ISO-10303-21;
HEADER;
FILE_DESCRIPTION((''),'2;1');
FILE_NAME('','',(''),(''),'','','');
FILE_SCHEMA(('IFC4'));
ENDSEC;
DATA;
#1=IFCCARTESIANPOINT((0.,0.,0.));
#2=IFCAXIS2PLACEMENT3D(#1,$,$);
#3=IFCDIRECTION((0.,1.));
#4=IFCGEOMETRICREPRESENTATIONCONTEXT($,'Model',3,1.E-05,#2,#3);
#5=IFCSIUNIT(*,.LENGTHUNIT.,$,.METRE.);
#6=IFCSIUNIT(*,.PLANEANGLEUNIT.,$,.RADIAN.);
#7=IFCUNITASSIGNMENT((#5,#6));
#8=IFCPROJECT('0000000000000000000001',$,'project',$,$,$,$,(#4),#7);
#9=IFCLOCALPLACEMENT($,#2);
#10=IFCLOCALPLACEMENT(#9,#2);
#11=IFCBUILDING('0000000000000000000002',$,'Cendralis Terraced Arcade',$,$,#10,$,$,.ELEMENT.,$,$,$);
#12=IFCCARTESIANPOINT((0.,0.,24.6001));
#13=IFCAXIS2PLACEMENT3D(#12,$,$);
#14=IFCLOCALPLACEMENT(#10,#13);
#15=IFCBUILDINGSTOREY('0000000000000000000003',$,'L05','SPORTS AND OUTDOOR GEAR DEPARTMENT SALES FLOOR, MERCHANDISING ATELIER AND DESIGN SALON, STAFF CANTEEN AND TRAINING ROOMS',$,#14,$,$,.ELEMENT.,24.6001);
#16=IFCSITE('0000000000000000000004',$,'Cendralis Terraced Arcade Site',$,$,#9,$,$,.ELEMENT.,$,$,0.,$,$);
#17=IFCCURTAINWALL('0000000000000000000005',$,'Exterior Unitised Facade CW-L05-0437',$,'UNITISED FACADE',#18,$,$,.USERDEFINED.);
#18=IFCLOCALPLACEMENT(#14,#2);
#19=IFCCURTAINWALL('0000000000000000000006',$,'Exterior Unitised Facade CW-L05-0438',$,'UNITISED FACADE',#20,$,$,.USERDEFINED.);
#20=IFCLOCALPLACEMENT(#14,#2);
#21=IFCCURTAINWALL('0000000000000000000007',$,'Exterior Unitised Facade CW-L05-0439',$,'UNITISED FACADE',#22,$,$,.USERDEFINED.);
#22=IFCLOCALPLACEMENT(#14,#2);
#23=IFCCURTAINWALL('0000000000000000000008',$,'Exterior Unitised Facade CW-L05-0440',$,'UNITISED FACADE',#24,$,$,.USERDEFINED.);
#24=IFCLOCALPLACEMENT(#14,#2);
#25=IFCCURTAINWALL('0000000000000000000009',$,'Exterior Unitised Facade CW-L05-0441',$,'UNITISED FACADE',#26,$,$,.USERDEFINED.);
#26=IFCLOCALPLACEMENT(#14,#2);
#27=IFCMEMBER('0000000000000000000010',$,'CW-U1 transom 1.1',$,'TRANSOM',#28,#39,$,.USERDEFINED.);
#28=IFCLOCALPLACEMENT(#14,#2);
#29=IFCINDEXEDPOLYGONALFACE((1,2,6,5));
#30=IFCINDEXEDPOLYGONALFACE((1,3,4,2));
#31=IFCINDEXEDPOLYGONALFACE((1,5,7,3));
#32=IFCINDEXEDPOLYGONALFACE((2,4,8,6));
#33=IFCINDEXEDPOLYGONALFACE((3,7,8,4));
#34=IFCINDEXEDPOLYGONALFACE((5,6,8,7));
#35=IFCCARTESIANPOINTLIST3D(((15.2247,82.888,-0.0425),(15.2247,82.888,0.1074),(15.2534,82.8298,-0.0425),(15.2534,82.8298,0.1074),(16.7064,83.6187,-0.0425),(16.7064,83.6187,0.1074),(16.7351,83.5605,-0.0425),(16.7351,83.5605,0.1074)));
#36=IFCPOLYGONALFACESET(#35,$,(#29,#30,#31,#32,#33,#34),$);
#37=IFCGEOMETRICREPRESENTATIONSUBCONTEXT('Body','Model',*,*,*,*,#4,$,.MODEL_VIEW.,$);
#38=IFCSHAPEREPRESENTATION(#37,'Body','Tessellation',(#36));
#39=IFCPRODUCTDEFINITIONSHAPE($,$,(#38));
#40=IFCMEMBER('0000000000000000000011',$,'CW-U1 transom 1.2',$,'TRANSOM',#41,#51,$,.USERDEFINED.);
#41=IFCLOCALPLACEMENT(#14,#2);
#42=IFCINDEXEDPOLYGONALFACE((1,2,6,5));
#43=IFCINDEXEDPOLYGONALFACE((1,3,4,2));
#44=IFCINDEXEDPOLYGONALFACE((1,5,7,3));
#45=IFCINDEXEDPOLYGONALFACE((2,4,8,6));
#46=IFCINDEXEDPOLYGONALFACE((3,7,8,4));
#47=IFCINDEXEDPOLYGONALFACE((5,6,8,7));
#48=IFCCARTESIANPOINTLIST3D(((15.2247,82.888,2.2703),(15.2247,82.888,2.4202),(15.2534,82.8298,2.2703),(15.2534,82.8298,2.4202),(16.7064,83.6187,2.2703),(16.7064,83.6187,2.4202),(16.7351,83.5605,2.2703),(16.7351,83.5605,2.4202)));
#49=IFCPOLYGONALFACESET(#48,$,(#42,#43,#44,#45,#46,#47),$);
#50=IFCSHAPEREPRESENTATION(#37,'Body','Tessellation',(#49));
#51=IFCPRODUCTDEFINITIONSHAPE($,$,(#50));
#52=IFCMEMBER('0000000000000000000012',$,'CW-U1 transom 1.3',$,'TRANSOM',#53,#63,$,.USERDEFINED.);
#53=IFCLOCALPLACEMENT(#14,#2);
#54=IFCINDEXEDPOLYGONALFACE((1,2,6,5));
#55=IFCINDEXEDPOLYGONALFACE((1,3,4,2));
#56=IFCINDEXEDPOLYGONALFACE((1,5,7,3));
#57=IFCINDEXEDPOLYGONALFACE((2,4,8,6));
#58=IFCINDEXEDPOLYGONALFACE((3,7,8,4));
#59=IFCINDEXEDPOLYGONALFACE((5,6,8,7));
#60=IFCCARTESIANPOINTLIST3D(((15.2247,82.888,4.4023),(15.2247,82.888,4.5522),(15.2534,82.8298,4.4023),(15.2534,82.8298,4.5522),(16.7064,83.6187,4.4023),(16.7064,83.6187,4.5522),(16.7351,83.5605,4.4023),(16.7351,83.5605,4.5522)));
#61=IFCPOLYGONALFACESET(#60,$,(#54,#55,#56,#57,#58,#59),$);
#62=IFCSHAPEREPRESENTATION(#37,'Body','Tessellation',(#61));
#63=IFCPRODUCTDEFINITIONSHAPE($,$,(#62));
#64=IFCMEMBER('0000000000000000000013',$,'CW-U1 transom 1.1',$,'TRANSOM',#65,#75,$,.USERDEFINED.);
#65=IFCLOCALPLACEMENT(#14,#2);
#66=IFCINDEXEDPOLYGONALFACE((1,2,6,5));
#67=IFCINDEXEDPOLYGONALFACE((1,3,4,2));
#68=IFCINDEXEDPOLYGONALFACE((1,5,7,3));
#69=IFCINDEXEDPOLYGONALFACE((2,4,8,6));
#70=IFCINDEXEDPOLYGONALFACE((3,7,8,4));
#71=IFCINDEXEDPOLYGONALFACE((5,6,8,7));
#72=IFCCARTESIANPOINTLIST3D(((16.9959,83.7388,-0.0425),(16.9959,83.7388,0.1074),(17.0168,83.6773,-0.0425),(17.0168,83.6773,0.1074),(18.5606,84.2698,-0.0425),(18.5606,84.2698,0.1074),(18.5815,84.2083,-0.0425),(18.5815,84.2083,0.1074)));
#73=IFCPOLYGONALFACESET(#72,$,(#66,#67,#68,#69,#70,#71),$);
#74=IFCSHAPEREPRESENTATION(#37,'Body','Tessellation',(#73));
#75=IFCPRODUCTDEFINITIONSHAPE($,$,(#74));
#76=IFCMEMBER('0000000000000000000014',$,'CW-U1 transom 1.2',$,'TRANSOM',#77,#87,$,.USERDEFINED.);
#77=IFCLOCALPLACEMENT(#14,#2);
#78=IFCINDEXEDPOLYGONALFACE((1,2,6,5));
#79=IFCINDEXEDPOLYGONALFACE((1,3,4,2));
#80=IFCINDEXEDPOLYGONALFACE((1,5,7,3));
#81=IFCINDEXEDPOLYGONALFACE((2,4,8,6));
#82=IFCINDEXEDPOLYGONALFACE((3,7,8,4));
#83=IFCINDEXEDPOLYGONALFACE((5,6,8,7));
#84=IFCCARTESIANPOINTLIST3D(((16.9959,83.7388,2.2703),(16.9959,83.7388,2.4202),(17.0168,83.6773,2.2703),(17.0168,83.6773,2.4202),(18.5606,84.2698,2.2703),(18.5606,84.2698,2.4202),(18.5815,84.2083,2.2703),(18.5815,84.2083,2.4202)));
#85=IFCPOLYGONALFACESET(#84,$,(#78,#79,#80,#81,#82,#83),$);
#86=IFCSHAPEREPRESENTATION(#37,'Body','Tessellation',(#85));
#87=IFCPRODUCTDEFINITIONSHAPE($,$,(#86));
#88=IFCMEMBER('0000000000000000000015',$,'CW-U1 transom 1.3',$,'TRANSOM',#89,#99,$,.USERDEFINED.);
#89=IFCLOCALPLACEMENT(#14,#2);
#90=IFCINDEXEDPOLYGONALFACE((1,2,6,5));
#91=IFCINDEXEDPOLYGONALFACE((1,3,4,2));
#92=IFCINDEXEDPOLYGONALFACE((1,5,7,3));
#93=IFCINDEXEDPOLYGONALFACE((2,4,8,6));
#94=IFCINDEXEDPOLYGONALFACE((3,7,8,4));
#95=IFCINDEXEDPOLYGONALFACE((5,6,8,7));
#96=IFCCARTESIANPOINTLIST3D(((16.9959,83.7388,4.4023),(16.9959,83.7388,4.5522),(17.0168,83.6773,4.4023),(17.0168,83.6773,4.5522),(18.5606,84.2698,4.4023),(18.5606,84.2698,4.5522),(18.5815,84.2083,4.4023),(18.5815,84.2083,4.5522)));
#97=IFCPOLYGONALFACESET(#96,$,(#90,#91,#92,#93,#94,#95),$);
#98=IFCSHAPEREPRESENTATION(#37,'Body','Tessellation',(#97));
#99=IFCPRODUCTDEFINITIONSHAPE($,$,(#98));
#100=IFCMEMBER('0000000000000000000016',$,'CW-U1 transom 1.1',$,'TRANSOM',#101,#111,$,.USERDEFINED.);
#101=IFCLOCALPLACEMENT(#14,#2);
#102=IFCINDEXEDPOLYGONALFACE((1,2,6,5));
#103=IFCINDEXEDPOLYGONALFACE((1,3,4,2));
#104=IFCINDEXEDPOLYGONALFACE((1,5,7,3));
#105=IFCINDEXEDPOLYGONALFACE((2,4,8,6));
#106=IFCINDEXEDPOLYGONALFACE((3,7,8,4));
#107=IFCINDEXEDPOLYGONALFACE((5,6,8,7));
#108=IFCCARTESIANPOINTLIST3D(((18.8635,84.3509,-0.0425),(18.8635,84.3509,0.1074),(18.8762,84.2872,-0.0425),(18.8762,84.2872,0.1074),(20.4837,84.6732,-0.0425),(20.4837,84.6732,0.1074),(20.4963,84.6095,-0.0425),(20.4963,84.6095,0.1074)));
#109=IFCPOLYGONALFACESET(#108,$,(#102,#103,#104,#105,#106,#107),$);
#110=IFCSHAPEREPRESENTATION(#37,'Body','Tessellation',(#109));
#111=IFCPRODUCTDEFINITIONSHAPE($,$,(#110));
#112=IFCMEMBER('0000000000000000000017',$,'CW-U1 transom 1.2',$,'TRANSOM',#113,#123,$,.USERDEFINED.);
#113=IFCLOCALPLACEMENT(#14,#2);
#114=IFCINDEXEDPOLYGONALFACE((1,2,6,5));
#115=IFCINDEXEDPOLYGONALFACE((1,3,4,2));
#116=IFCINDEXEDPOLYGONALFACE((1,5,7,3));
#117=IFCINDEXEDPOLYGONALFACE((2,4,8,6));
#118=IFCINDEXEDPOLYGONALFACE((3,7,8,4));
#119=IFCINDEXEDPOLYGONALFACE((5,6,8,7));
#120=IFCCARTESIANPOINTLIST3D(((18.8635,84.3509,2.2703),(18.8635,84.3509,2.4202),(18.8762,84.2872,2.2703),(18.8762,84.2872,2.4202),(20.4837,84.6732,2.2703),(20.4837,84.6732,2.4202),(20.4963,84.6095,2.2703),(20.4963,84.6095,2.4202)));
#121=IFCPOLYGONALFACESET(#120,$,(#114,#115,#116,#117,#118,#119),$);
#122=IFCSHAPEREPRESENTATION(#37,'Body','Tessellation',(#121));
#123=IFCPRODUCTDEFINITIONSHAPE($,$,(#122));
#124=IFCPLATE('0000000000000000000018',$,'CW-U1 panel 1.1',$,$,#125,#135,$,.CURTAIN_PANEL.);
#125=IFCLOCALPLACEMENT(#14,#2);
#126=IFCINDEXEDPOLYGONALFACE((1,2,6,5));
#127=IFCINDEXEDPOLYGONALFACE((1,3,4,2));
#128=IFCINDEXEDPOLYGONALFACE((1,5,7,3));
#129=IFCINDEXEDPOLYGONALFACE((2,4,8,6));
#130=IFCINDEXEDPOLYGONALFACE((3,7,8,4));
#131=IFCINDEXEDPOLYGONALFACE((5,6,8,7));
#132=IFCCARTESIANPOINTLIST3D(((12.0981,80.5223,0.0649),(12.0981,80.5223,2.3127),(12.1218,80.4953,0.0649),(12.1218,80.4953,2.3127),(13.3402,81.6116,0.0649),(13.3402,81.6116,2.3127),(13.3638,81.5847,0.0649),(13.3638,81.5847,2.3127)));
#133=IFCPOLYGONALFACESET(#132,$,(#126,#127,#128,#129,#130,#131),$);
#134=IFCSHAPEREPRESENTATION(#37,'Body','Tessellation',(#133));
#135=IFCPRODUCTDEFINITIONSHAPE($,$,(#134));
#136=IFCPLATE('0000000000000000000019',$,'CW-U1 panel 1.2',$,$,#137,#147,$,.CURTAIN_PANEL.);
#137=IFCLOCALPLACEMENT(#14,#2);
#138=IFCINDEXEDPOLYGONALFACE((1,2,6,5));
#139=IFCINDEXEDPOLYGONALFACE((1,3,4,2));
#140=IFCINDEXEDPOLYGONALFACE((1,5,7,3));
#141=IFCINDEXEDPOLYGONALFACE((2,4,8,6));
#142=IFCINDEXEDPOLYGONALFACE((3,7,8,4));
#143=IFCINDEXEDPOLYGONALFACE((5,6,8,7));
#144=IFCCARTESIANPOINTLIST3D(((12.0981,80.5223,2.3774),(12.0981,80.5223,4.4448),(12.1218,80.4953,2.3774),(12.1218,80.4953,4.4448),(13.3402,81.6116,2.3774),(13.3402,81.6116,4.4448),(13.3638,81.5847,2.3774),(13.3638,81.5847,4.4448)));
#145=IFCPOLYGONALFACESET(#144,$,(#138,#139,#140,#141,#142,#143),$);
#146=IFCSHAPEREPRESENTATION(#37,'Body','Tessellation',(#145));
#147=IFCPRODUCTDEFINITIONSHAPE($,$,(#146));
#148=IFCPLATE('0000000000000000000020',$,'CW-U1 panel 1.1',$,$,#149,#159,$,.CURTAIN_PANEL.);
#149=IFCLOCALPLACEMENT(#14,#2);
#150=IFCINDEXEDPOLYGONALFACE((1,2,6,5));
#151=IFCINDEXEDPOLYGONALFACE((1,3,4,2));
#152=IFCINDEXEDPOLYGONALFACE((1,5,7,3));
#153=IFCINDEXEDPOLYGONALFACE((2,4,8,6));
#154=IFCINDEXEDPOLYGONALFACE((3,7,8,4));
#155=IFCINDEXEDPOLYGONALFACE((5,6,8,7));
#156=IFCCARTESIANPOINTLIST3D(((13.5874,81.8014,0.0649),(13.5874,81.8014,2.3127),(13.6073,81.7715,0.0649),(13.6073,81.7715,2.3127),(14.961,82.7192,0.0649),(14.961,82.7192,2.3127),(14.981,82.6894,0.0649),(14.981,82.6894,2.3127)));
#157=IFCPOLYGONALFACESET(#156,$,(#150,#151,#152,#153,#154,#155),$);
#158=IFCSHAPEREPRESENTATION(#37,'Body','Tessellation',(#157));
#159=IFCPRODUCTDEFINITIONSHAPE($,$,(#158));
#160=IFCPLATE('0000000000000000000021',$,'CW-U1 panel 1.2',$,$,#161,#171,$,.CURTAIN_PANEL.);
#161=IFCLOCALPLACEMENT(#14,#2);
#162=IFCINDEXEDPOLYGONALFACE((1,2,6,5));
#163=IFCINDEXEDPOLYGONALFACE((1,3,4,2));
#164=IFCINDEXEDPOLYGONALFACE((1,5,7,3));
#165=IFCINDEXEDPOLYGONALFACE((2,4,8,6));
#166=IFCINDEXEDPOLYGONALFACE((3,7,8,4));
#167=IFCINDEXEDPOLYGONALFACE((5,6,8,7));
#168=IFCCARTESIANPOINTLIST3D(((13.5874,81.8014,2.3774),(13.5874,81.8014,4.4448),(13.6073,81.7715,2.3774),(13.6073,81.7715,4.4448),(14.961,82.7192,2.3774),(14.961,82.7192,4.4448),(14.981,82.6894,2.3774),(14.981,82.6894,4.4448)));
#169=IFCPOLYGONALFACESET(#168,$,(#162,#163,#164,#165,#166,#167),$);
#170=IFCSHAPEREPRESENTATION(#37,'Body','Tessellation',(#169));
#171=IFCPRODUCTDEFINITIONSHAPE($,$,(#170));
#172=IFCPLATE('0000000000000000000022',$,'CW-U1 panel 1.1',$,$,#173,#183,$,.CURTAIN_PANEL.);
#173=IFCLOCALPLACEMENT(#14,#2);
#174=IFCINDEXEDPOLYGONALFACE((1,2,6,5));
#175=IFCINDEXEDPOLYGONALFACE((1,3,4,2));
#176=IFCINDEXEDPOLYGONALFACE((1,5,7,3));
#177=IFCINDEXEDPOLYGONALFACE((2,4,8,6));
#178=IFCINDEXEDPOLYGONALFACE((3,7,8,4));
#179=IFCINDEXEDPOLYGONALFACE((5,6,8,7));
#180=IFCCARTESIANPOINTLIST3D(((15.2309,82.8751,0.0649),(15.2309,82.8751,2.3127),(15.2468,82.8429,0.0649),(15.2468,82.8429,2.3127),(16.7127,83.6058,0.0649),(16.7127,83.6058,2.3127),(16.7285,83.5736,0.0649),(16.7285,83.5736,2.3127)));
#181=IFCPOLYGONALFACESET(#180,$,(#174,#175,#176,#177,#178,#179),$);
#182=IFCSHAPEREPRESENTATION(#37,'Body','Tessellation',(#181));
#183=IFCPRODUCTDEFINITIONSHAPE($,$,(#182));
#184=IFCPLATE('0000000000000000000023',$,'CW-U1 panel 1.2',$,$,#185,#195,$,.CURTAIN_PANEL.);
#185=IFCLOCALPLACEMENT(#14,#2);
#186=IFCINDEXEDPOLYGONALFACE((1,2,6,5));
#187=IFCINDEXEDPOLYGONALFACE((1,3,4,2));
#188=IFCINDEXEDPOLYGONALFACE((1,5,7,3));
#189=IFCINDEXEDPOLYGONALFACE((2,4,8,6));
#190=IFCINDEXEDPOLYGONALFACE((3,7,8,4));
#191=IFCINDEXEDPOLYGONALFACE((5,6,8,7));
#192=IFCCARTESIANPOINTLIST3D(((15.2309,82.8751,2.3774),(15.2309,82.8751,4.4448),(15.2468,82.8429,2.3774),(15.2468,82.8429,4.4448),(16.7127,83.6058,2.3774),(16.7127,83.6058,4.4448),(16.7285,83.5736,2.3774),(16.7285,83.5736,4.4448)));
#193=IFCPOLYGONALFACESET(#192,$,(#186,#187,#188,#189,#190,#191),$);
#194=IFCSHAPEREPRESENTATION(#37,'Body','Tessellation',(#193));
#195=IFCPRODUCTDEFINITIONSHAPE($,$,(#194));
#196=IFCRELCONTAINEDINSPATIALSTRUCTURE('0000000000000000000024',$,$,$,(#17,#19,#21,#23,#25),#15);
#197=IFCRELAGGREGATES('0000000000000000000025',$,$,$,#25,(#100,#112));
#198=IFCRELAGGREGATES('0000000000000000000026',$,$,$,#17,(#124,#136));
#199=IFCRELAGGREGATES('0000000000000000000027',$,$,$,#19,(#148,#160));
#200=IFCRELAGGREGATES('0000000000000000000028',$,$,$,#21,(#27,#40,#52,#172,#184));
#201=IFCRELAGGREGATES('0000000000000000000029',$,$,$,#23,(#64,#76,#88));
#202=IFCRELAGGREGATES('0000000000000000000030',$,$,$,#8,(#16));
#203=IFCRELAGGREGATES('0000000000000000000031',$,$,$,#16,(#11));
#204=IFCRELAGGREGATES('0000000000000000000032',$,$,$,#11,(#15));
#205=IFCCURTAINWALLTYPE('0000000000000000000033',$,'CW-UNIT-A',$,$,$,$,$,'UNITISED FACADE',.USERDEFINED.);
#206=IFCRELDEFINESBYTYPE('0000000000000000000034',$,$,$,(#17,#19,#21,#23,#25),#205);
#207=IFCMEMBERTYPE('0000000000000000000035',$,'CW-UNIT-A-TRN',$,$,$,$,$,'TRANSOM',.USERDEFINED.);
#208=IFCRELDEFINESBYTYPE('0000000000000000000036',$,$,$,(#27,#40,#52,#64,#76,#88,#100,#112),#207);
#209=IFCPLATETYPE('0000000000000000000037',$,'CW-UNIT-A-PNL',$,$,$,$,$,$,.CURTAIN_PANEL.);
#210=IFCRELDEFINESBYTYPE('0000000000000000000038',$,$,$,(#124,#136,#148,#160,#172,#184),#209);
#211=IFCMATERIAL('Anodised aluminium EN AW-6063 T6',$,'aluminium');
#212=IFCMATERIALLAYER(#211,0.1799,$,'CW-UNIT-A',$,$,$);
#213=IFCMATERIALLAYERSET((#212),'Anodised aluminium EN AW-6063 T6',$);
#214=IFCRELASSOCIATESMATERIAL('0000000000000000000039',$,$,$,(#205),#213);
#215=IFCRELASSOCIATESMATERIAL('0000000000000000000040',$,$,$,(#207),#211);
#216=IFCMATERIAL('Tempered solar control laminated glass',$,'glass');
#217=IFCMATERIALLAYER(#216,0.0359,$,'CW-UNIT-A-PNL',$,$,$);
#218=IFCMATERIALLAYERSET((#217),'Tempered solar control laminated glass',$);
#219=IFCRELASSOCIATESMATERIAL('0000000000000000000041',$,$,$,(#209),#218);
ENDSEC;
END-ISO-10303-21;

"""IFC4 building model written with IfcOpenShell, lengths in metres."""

from ifc_helpers import new_model, si_unit, direction, frame, origin, origin_2d, place, context, subcontext, project, spatial, rectangle, extrude, material, layer, layer_set, material_profile, profile_set, type_object, element, aggregate, save


model = new_model("IFC4")

# Units and contexts
model_context = context("Model", 3, precision=1e-05, world=origin(), true_north=direction((0.0, 1.0)))
body_context = subcontext(model_context, "Body", "Model", "MODEL_VIEW")
ifc_project = project(units=[si_unit("LENGTHUNIT", "METRE"), si_unit("PLANEANGLEUNIT", "RADIAN")], contexts=[model_context])

# Site, building, storey
site_placement = place(None, origin())
site = spatial("IfcSite", under=ifc_project, at=site_placement, Name="Cendralis Terraced Arcade Site", CompositionType="ELEMENT", RefElevation=0.0)
building_placement = place(site_placement, origin())
building = spatial("IfcBuilding", under=site, at=building_placement, Name="Cendralis Terraced Arcade", CompositionType="ELEMENT")
storey_placement = place(building_placement, frame((0.0, 0.0, 24.6001)))
storey = spatial("IfcBuildingStorey", under=building, at=storey_placement, Name="L05", Description="SPORTS AND OUTDOOR GEAR DEPARTMENT SALES FLOOR, MERCHANDISING ATELIER AND DESIGN SALON, STAFF CANTEEN AND TRAINING ROOMS", CompositionType="ELEMENT", Elevation=24.6001)

# Curtain walls
ifc_material_1 = material(Name="Anodised aluminium EN AW-6063 T6", Category="aluminium")
ifc_layer_1 = layer(ifc_material_1, 0.1799, Name="CW-UNIT-A")
ifc_layer_set_1 = layer_set([ifc_layer_1], Name="Anodised aluminium EN AW-6063 T6")
curtain_wall_type = type_object("IfcCurtainWallType", Name="CW-UNIT-A", ElementType="UNITISED FACADE", PredefinedType="USERDEFINED", material=ifc_layer_set_1)
curtain_wall_1_placement = place(storey_placement, origin())
curtain_wall_1 = element("IfcCurtainWall", 1, at=curtain_wall_1_placement, inside=storey, type_object=curtain_wall_type, Name="Exterior Unitised Facade CW-L05-0437", ObjectType="UNITISED FACADE", PredefinedType="USERDEFINED")
curtain_wall_2_placement = place(storey_placement, origin())
curtain_wall_2 = element("IfcCurtainWall", 2, at=curtain_wall_2_placement, inside=storey, type_object=curtain_wall_type, Name="Exterior Unitised Facade CW-L05-0438", ObjectType="UNITISED FACADE", PredefinedType="USERDEFINED")
curtain_wall_3_placement = place(storey_placement, origin())
curtain_wall_3 = element("IfcCurtainWall", 3, at=curtain_wall_3_placement, inside=storey, type_object=curtain_wall_type, Name="Exterior Unitised Facade CW-L05-0439", ObjectType="UNITISED FACADE", PredefinedType="USERDEFINED")
curtain_wall_4_placement = place(storey_placement, origin())
curtain_wall_4 = element("IfcCurtainWall", 4, at=curtain_wall_4_placement, inside=storey, type_object=curtain_wall_type, Name="Exterior Unitised Facade CW-L05-0440", ObjectType="UNITISED FACADE", PredefinedType="USERDEFINED")

# Curtain wall
curtain_wall_5_placement = place(storey_placement, origin())
curtain_wall_5 = element("IfcCurtainWall", 5, at=curtain_wall_5_placement, inside=storey, type_object=curtain_wall_type, Name="Exterior Unitised Facade CW-L05-0441", ObjectType="UNITISED FACADE", PredefinedType="USERDEFINED")

# Members
ifc_material_profile_1 = material_profile(ifc_material_1, rectangle(XDim=0.0649, YDim=0.1499, at=origin_2d()), Name="ALU-TRN-65x150")
ifc_profile_set_1 = profile_set([ifc_material_profile_1], Name="Anodised aluminium EN AW-6063 T6")
member_type_1 = type_object("IfcMemberType", Name="CW-UNIT-A-TRN", ElementType="TRANSOM", PredefinedType="USERDEFINED", material=ifc_profile_set_1)
member_1_placement = place(storey_placement, frame((15.239, 82.8589, 0.0325), z_axis=(0.896867, 0.442301, 0.0), x_axis=(-0.442301, 0.896867, 0.0)))
member_1 = element("IfcMember", 6, at=member_1_placement, type_object=member_type_1, Name="CW-U1 transom 1.1", ObjectType="TRANSOM", PredefinedType="USERDEFINED", context=body_context, shape_type="SweptSolid", body=[
    extrude(rectangle(XDim=0.0649, YDim=0.1499, at=origin_2d()), origin(), (0.0, 0.0, 1.0), 1.6521),
])
member_2_placement = place(storey_placement, frame((15.239, 82.8589, 2.3452), z_axis=(0.896867, 0.442301, 0.0), x_axis=(-0.442301, 0.896867, 0.0)))
member_2 = element("IfcMember", 7, at=member_2_placement, type_object=member_type_1, Name="CW-U1 transom 1.2", ObjectType="TRANSOM", PredefinedType="USERDEFINED", context=body_context, shape_type="SweptSolid", body=[
    extrude(rectangle(XDim=0.0649, YDim=0.1499, at=origin_2d()), origin(), (0.0, 0.0, 1.0), 1.6521),
])
member_3_placement = place(storey_placement, frame((15.239, 82.8589, 4.4773), z_axis=(0.896867, 0.442301, 0.0), x_axis=(-0.442301, 0.896867, 0.0)))
member_3 = element("IfcMember", 8, at=member_3_placement, type_object=member_type_1, Name="CW-U1 transom 1.3", ObjectType="TRANSOM", PredefinedType="USERDEFINED", context=body_context, shape_type="SweptSolid", body=[
    extrude(rectangle(XDim=0.0649, YDim=0.1499, at=origin_2d()), origin(), (0.0, 0.0, 1.0), 1.6521),
])
member_4_placement = place(storey_placement, frame((17.0063, 83.708, 0.0325), z_axis=(0.946955, 0.321365, 0.0), x_axis=(-0.321365, 0.946955, 0.0)))
member_4 = element("IfcMember", 9, at=member_4_placement, type_object=member_type_1, Name="CW-U1 transom 1.1", ObjectType="TRANSOM", PredefinedType="USERDEFINED", context=body_context, shape_type="SweptSolid", body=[
    extrude(rectangle(XDim=0.0649, YDim=0.1499, at=origin_2d()), origin(), (0.0, 0.0, 1.0), 1.6523),
])
member_5_placement = place(storey_placement, frame((17.0063, 83.708, 2.3452), z_axis=(0.946955, 0.321365, 0.0), x_axis=(-0.321365, 0.946955, 0.0)))
member_5 = element("IfcMember", 10, at=member_5_placement, type_object=member_type_1, Name="CW-U1 transom 1.2", ObjectType="TRANSOM", PredefinedType="USERDEFINED", context=body_context, shape_type="SweptSolid", body=[
    extrude(rectangle(XDim=0.0649, YDim=0.1499, at=origin_2d()), origin(), (0.0, 0.0, 1.0), 1.6523),
])
member_6_placement = place(storey_placement, frame((17.0063, 83.708, 4.4773), z_axis=(0.946955, 0.321365, 0.0), x_axis=(-0.321365, 0.946955, 0.0)))
member_6 = element("IfcMember", 11, at=member_6_placement, type_object=member_type_1, Name="CW-U1 transom 1.3", ObjectType="TRANSOM", PredefinedType="USERDEFINED", context=body_context, shape_type="SweptSolid", body=[
    extrude(rectangle(XDim=0.0649, YDim=0.1499, at=origin_2d()), origin(), (0.0, 0.0, 1.0), 1.6523),
])
member_7_placement = place(storey_placement, frame((18.8699, 84.3191, 0.0325), z_axis=(0.980785, 0.195093, 0.0), x_axis=(-0.195093, 0.980785, 0.0)))
member_7 = element("IfcMember", 12, at=member_7_placement, type_object=member_type_1, Name="CW-U1 transom 1.1", ObjectType="TRANSOM", PredefinedType="USERDEFINED", context=body_context, shape_type="SweptSolid", body=[
    extrude(rectangle(XDim=0.0649, YDim=0.1499, at=origin_2d()), origin(), (0.0, 0.0, 1.0), 1.6519),
])
member_8_placement = place(storey_placement, frame((18.8699, 84.3191, 2.3452), z_axis=(0.980785, 0.195093, 0.0), x_axis=(-0.195093, 0.980785, 0.0)))
member_8 = element("IfcMember", 13, at=member_8_placement, type_object=member_type_1, Name="CW-U1 transom 1.2", ObjectType="TRANSOM", PredefinedType="USERDEFINED", context=body_context, shape_type="SweptSolid", body=[
    extrude(rectangle(XDim=0.0649, YDim=0.1499, at=origin_2d()), origin(), (0.0, 0.0, 1.0), 1.6519),
])
aggregate(curtain_wall_5, [member_7, member_8])

# Plates
ifc_material_2 = material(Name="Tempered solar control laminated glass", Category="glass")
ifc_layer_2 = layer(ifc_material_2, 0.0359, Name="CW-UNIT-A-PNL")
ifc_layer_set_2 = layer_set([ifc_layer_2], Name="Tempered solar control laminated glass")
plate_type = type_object("IfcPlateType", Name="CW-UNIT-A-PNL", PredefinedType="CURTAIN_PANEL", material=ifc_layer_set_2)
plate_1_placement = place(storey_placement, frame((12.731, 81.0535, 0.0649), z_axis=(0.0, 0.0, 1.0), x_axis=(0.751804, 0.659386, 0.0)))
plate_1 = element("IfcPlate", 14, at=plate_1_placement, type_object=plate_type, Name="CW-U1 panel 1.1", PredefinedType="CURTAIN_PANEL", context=body_context, shape_type="SweptSolid", body=[
    extrude(rectangle(XDim=1.6521, YDim=0.0359, at=origin_2d()), origin(), (0.0, 0.0, 1.0), 2.2478),
])
plate_2_placement = place(storey_placement, frame((12.731, 81.0535, 2.3774), z_axis=(0.0, 0.0, 1.0), x_axis=(0.751804, 0.659386, 0.0)))
plate_2 = element("IfcPlate", 15, at=plate_2_placement, type_object=plate_type, Name="CW-U1 panel 1.2", PredefinedType="CURTAIN_PANEL", context=body_context, shape_type="SweptSolid", body=[
    extrude(rectangle(XDim=1.6521, YDim=0.0359, at=origin_2d()), origin(), (0.0, 0.0, 1.0), 2.0674),
])
aggregate(curtain_wall_1, [plate_1, plate_2])
plate_3_placement = place(storey_placement, frame((14.2842, 82.2454, 0.0649), z_axis=(0.0, 0.0, 1.0), x_axis=(0.831471, 0.555567, 0.0)))
plate_3 = element("IfcPlate", 16, at=plate_3_placement, type_object=plate_type, Name="CW-U1 panel 1.1", PredefinedType="CURTAIN_PANEL", context=body_context, shape_type="SweptSolid", body=[
    extrude(rectangle(XDim=1.6521, YDim=0.0359, at=origin_2d()), origin(), (0.0, 0.0, 1.0), 2.2478),
])
plate_4_placement = place(storey_placement, frame((14.2842, 82.2454, 2.3774), z_axis=(0.0, 0.0, 1.0), x_axis=(0.831471, 0.555567, 0.0)))
plate_4 = element("IfcPlate", 17, at=plate_4_placement, type_object=plate_type, Name="CW-U1 panel 1.2", PredefinedType="CURTAIN_PANEL", context=body_context, shape_type="SweptSolid", body=[
    extrude(rectangle(XDim=1.6521, YDim=0.0359, at=origin_2d()), origin(), (0.0, 0.0, 1.0), 2.0674),
])
aggregate(curtain_wall_2, [plate_3, plate_4])
plate_5_placement = place(storey_placement, frame((15.9797, 83.2244, 0.0649), z_axis=(0.0, 0.0, 1.0), x_axis=(0.896871, 0.442291, 0.0)))
plate_5 = element("IfcPlate", 18, at=plate_5_placement, type_object=plate_type, Name="CW-U1 panel 1.1", PredefinedType="CURTAIN_PANEL", context=body_context, shape_type="SweptSolid", body=[
    extrude(rectangle(XDim=1.6521, YDim=0.0359, at=origin_2d()), origin(), (0.0, 0.0, 1.0), 2.2478),
])
plate_6_placement = place(storey_placement, frame((15.9797, 83.2244, 2.3774), z_axis=(0.0, 0.0, 1.0), x_axis=(0.896871, 0.442291, 0.0)))
plate_6 = element("IfcPlate", 19, at=plate_6_placement, type_object=plate_type, Name="CW-U1 panel 1.2", PredefinedType="CURTAIN_PANEL", context=body_context, shape_type="SweptSolid", body=[
    extrude(rectangle(XDim=1.6521, YDim=0.0359, at=origin_2d()), origin(), (0.0, 0.0, 1.0), 2.0674),
])
aggregate(curtain_wall_3, [member_1, member_2, member_3, plate_5, plate_6])
aggregate(curtain_wall_4, [member_4, member_5, member_6])

save(model, "model.ifc")
